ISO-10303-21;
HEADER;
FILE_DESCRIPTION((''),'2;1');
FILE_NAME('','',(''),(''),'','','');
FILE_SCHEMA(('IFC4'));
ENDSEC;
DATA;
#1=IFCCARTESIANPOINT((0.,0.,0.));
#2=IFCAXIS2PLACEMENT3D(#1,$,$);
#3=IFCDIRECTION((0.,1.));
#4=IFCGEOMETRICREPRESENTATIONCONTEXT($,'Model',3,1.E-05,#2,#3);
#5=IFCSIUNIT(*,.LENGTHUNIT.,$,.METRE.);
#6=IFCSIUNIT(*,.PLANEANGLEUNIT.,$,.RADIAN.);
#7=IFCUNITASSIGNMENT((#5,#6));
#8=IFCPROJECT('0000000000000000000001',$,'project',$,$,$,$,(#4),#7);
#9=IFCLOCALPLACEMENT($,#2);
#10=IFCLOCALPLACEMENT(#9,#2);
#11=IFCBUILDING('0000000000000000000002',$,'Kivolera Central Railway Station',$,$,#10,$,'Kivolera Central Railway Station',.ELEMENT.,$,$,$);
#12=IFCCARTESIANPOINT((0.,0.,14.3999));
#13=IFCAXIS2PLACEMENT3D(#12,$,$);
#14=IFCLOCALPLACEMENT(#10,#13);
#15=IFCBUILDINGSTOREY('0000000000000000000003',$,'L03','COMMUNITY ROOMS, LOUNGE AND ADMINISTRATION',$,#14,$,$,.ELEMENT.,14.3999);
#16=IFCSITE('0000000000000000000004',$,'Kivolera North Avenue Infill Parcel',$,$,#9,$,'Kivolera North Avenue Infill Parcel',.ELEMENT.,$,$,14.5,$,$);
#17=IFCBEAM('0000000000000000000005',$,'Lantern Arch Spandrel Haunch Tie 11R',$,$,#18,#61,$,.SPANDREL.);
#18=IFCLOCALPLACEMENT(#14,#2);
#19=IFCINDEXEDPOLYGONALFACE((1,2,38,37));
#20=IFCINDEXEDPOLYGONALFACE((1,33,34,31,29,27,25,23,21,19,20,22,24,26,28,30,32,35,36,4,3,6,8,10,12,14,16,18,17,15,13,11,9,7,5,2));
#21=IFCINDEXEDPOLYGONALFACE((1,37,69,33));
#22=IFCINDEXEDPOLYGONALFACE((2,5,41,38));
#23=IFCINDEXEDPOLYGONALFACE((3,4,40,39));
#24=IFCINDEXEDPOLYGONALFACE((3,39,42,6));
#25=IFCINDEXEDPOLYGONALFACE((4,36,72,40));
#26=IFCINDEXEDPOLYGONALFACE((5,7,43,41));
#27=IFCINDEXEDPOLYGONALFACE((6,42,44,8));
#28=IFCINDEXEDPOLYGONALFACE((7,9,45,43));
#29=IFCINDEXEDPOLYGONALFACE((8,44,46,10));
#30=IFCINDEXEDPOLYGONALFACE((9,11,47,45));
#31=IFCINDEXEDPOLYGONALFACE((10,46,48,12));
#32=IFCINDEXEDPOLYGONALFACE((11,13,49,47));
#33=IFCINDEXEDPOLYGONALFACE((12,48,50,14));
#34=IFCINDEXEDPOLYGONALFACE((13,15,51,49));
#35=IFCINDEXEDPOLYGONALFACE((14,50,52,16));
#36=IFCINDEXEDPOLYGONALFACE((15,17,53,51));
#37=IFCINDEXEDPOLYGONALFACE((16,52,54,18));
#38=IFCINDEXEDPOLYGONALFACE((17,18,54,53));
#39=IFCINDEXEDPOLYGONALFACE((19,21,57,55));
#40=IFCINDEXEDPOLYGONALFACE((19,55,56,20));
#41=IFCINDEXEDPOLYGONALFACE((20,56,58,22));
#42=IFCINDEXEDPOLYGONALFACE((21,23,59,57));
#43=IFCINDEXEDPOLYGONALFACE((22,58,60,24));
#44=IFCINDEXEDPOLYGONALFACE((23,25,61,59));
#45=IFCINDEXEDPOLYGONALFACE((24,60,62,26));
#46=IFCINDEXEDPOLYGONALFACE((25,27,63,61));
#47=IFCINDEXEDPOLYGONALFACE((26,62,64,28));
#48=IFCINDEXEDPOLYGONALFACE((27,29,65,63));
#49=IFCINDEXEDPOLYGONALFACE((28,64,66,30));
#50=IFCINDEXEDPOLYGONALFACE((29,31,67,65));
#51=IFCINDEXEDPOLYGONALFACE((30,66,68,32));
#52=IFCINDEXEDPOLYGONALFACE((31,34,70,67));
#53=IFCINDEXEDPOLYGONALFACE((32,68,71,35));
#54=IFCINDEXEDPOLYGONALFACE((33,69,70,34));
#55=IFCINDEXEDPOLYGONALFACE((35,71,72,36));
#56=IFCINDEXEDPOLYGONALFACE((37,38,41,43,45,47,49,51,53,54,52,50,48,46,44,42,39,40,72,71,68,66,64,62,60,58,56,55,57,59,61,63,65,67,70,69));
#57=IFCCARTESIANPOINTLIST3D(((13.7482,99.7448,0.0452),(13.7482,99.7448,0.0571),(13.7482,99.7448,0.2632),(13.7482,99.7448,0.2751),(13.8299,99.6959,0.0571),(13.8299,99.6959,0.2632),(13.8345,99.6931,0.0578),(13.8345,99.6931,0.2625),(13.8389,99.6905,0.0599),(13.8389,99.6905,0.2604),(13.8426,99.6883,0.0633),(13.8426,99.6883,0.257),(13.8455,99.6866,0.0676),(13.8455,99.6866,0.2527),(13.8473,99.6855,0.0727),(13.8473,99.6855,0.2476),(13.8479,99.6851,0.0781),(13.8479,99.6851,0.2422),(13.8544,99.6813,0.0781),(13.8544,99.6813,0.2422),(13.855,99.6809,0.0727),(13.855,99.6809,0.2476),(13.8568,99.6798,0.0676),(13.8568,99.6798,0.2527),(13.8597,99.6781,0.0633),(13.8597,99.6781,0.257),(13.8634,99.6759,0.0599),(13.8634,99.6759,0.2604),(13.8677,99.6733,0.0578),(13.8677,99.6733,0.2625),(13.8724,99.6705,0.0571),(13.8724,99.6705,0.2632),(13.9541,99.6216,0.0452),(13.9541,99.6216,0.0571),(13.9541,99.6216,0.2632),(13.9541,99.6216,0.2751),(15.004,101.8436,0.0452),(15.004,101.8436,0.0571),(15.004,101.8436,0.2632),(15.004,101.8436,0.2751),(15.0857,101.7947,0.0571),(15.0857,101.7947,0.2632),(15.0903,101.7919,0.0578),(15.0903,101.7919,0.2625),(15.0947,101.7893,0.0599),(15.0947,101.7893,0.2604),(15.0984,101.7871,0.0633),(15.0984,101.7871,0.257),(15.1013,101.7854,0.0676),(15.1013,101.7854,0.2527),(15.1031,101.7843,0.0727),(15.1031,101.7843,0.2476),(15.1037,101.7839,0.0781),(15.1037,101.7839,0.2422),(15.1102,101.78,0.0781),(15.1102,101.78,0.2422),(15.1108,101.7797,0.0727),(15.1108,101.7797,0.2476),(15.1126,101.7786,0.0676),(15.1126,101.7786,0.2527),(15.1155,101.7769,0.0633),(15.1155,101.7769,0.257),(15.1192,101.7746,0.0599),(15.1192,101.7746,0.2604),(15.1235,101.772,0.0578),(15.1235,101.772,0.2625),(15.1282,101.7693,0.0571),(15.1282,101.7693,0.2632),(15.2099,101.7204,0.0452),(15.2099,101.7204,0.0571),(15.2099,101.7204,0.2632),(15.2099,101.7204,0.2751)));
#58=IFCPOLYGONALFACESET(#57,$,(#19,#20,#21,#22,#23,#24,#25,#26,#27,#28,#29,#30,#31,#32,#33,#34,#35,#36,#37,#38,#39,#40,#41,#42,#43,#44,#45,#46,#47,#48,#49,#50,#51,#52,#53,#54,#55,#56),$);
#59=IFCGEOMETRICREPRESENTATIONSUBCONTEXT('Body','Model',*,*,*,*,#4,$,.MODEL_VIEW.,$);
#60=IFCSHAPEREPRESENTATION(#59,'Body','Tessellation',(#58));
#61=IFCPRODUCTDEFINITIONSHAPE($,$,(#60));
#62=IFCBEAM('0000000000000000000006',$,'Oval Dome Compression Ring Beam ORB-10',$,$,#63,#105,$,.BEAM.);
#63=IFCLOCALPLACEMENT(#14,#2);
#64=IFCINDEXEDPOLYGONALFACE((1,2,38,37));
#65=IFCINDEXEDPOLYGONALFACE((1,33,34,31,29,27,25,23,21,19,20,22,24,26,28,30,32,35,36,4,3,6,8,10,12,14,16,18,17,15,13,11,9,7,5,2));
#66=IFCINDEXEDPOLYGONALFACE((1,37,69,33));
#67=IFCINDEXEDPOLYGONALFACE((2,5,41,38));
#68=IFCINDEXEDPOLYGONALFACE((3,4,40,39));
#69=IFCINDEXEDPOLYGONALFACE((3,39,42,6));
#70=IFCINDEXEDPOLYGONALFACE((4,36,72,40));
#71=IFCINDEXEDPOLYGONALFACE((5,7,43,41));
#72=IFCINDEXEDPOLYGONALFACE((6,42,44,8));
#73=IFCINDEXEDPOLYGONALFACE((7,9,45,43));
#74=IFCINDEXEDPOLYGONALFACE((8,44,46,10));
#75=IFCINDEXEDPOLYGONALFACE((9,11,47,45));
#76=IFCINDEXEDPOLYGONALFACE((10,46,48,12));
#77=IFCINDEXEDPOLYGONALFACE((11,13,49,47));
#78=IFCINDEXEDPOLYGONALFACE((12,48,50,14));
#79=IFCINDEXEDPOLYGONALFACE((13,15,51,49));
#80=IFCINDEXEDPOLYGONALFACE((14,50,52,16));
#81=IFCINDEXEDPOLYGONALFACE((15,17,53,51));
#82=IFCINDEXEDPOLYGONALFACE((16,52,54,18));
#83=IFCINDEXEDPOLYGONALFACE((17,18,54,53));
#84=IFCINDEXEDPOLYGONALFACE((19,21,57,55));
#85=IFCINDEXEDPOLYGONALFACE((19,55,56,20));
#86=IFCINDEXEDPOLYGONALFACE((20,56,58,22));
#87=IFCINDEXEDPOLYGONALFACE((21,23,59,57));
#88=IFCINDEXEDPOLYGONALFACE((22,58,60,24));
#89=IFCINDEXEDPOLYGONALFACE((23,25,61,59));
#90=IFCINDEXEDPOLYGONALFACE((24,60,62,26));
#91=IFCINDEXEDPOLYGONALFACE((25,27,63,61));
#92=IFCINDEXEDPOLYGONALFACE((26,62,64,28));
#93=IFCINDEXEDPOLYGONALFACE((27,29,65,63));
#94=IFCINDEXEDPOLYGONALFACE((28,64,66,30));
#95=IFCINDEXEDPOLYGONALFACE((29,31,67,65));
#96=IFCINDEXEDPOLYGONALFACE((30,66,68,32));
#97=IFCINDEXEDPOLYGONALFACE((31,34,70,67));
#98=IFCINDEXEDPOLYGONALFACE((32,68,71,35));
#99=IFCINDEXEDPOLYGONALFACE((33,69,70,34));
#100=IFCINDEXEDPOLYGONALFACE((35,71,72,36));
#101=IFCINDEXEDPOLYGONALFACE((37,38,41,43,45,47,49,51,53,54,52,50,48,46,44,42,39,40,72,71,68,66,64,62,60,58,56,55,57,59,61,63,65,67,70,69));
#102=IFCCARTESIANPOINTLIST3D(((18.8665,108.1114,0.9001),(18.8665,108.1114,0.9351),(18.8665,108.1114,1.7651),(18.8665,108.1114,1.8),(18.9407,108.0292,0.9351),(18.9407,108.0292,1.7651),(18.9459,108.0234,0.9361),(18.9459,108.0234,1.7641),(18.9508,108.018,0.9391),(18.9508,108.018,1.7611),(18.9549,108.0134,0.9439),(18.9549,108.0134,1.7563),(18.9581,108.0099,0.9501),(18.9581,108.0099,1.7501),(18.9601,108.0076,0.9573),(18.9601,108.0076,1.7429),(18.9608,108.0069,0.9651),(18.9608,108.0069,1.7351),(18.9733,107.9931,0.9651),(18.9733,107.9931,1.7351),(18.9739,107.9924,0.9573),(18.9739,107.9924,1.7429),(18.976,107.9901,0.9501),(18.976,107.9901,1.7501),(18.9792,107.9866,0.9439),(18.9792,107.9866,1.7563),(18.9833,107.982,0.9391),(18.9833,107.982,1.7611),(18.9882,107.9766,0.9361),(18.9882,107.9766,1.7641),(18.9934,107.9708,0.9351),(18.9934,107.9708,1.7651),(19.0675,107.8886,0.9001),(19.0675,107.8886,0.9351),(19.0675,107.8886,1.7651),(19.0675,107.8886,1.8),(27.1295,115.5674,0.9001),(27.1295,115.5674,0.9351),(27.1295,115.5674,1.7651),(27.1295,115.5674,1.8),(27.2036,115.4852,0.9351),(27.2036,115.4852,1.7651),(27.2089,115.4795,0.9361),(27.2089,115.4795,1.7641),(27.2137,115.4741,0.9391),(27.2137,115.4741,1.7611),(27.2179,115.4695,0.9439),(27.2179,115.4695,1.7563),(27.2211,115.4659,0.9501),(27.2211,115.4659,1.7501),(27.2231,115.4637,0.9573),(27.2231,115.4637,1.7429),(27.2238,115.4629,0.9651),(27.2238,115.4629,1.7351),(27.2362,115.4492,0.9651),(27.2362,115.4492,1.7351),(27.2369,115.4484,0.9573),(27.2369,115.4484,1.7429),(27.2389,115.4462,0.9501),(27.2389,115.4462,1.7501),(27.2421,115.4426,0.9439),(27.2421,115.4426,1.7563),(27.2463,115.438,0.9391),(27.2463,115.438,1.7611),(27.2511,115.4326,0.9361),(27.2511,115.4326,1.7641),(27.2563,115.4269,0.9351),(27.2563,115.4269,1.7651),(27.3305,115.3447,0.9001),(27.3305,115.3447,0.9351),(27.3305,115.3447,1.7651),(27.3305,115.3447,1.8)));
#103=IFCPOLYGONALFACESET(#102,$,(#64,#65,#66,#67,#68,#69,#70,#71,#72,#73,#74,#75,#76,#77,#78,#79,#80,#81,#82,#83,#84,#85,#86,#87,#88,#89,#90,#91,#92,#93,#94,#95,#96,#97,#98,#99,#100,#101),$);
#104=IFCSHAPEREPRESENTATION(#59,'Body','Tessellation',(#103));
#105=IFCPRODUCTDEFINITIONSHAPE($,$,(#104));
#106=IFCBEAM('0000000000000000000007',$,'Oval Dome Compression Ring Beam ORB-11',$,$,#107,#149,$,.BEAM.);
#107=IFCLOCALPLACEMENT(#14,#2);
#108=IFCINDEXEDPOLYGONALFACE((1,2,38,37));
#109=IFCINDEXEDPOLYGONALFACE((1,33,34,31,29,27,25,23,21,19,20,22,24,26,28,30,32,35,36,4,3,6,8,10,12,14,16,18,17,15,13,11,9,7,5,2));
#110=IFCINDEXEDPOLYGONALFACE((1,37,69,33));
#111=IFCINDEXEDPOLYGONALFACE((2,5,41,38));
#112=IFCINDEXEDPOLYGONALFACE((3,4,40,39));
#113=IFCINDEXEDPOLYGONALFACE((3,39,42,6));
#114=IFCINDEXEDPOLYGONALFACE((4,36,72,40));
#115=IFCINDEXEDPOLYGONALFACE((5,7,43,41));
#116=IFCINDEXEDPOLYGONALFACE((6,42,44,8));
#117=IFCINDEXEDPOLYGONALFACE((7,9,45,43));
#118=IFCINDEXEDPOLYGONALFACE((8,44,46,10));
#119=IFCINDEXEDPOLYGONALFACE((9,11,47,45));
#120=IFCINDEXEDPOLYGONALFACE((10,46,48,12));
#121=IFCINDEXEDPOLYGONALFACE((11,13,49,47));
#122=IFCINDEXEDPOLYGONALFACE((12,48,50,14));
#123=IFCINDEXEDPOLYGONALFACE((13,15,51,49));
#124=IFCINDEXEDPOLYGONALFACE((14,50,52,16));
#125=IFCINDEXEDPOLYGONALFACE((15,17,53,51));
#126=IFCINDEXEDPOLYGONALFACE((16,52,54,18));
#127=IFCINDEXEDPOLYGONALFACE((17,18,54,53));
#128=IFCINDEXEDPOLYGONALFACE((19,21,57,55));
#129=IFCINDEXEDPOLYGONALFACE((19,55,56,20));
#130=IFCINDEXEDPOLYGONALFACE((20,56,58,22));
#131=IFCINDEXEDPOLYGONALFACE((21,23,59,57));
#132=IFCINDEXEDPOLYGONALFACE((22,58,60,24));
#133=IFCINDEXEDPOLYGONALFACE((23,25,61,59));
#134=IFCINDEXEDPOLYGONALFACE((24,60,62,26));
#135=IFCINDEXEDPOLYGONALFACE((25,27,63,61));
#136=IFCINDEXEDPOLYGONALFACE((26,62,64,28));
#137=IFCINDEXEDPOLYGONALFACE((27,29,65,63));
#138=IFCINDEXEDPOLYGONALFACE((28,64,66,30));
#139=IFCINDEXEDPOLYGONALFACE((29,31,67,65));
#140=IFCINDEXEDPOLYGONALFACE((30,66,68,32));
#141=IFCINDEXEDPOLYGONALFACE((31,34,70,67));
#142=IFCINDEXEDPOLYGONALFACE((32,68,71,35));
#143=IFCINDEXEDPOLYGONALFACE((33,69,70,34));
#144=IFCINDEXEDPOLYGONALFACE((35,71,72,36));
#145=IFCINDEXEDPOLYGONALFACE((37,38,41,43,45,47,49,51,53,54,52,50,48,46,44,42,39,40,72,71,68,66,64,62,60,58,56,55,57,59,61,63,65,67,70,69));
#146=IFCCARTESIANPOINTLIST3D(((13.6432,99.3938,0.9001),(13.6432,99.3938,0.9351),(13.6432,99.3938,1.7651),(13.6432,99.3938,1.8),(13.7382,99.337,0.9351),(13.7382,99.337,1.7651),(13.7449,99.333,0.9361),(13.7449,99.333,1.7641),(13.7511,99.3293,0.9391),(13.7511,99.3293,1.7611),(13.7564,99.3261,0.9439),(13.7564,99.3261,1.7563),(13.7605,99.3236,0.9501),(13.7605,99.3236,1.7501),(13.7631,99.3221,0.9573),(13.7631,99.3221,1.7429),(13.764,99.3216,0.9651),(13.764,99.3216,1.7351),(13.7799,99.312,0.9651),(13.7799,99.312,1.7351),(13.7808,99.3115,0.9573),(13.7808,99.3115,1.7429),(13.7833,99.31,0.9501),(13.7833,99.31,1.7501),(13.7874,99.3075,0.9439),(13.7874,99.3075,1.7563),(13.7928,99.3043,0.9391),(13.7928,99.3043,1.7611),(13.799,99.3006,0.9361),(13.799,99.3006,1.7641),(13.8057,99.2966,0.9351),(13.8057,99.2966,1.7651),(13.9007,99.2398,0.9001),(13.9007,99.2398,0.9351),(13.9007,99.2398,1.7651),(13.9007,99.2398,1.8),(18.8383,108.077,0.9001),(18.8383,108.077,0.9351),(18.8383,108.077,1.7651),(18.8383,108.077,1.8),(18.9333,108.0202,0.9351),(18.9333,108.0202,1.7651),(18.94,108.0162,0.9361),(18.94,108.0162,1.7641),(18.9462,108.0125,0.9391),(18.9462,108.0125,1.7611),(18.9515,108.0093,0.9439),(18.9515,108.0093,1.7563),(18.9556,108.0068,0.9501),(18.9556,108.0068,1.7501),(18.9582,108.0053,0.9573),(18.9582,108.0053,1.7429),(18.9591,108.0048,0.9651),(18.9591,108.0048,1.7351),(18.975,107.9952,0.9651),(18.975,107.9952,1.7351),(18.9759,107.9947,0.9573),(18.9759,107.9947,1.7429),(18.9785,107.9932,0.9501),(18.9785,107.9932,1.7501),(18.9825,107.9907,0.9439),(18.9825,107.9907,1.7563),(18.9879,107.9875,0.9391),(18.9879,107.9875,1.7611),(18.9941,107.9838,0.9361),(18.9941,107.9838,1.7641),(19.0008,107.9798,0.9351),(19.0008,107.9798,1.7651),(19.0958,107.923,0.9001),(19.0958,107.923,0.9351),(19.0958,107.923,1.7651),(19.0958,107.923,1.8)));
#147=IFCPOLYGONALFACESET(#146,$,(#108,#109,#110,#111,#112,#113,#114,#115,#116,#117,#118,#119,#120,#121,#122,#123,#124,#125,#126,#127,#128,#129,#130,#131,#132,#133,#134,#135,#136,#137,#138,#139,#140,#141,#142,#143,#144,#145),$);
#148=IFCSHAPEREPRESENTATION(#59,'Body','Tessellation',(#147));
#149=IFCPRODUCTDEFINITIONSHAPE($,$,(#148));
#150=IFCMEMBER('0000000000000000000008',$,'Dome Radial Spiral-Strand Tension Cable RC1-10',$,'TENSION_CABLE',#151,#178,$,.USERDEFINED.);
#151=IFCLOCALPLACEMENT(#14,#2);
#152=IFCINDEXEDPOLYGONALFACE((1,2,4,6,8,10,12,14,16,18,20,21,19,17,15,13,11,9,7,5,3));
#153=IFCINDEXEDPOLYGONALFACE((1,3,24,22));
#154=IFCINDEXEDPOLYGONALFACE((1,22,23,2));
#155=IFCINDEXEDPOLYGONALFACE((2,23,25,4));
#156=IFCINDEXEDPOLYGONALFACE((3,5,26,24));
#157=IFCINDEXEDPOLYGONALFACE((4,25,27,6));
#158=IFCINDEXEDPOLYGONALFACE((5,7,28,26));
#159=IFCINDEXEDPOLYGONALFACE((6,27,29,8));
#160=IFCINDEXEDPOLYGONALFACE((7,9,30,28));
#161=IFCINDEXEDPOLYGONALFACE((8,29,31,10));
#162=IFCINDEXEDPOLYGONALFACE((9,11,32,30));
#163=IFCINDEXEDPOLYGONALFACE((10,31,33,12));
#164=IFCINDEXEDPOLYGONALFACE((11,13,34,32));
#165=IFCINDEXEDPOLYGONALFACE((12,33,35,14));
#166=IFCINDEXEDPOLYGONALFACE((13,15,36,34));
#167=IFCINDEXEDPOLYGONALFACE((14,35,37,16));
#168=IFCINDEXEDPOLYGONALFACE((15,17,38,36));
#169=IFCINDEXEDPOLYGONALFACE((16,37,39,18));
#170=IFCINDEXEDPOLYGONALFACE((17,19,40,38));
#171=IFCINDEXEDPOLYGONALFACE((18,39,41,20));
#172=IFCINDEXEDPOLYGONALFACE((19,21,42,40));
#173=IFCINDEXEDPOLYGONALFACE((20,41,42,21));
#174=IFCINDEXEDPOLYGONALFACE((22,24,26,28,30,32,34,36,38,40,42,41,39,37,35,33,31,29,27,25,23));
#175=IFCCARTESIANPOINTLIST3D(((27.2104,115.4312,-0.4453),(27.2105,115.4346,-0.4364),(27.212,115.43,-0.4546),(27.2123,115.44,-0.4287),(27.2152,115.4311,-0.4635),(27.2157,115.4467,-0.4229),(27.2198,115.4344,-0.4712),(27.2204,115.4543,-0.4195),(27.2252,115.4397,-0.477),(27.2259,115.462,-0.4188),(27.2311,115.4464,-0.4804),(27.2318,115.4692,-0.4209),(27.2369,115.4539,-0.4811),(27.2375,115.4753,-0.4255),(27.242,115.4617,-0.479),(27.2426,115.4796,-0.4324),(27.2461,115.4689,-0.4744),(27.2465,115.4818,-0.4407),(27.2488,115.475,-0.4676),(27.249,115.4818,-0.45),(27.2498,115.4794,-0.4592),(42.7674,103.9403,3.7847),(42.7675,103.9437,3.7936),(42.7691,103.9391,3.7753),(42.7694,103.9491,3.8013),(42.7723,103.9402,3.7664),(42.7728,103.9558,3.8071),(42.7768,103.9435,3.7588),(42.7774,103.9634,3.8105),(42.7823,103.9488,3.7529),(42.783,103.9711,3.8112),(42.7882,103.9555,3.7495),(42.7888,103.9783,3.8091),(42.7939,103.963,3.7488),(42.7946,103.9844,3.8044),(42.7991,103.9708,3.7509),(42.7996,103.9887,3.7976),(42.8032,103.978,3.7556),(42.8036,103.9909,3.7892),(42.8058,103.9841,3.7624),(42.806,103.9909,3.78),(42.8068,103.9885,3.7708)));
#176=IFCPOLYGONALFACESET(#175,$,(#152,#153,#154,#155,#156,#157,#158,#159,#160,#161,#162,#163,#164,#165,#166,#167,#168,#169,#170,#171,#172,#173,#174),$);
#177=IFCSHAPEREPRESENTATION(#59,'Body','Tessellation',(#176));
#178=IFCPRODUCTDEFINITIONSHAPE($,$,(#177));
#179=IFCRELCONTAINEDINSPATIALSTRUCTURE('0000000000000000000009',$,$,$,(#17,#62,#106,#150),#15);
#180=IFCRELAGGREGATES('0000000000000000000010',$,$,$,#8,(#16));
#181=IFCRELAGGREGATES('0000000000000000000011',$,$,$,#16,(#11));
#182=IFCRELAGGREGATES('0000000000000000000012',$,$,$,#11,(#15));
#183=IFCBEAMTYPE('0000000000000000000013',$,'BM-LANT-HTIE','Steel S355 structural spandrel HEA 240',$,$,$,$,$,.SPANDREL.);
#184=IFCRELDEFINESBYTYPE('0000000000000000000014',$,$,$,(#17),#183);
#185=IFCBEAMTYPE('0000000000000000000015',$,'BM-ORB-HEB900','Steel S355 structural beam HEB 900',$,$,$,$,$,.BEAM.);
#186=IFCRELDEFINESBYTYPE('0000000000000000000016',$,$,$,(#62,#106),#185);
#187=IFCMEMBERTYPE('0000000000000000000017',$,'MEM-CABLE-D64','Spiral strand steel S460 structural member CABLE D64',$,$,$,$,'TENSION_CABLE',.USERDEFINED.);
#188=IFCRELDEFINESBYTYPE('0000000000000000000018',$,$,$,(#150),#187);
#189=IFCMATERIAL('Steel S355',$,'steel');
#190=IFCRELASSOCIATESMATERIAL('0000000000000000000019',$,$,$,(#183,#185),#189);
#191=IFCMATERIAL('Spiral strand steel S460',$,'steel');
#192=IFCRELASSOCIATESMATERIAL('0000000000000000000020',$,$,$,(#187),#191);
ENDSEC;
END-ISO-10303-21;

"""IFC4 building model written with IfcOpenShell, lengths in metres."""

from ifc_helpers import new_model, si_unit, direction, frame, origin, origin_2d, place, context, subcontext, project, spatial, circle, i_section, extrude, material, material_profile, profile_set, type_object, element, save


model = new_model("IFC4")

# Units and contexts
model_context = context("Model", 3, precision=1e-05, world=origin(), true_north=direction((0.0, 1.0)))
body_context = subcontext(model_context, "Body", "Model", "MODEL_VIEW")
ifc_project = project(units=[si_unit("LENGTHUNIT", "METRE"), si_unit("PLANEANGLEUNIT", "RADIAN")], contexts=[model_context])

# Site, building, storey
site_placement = place(None, origin())
site = spatial("IfcSite", under=ifc_project, at=site_placement, Name="Kivolera North Avenue Infill Parcel", LongName="Kivolera North Avenue Infill Parcel", CompositionType="ELEMENT", RefElevation=14.5)
building_placement = place(site_placement, origin())
building = spatial("IfcBuilding", under=site, at=building_placement, Name="Kivolera Central Railway Station", LongName="Kivolera Central Railway Station", CompositionType="ELEMENT")
storey_placement = place(building_placement, frame((0.0, 0.0, 14.3999)))
storey = spatial("IfcBuildingStorey", under=building, at=storey_placement, Name="L03", Description="COMMUNITY ROOMS, LOUNGE AND ADMINISTRATION", CompositionType="ELEMENT", Elevation=14.3999)

# Beams
ifc_material_1 = material(Name="Steel S355", Category="steel")
ifc_material_profile_1 = material_profile(ifc_material_1, i_section(OverallWidth=0.24, OverallDepth=0.23, WebThickness=0.0076, FlangeThickness=0.012, FilletRadius=0.021, at=origin_2d()), Name="HEA 240")
ifc_profile_set_1 = profile_set([ifc_material_profile_1], Name="Steel S355")
beam_type_1 = type_object("IfcBeamType", Name="BM-LANT-HTIE", Description="Steel S355 structural spandrel HEA 240", PredefinedType="SPANDREL", material=ifc_profile_set_1)
beam_1_placement = place(storey_placement, frame((15.1069, 101.782, 0.1602), z_axis=(-0.513453, -0.858118, 0.0), x_axis=(0.858118, -0.513453, 0.0)))
element("IfcBeam", 1, at=beam_1_placement, inside=storey, type_object=beam_type_1, Name="Lantern Arch Spandrel Haunch Tie 11R", PredefinedType="SPANDREL", context=body_context, shape_type="SweptSolid", body=[
    extrude(i_section(OverallWidth=0.24, OverallDepth=0.23, WebThickness=0.0076, FlangeThickness=0.012, FilletRadius=0.021, at=origin_2d()), origin(), (0.0, 0.0, 1.0), 2.4458),
])
ifc_material_profile_2 = material_profile(ifc_material_1, i_section(OverallWidth=0.3, OverallDepth=0.8999, WebThickness=0.0186, FlangeThickness=0.0349, FilletRadius=0.03, at=origin_2d()), Name="HEB 900")
ifc_profile_set_2 = profile_set([ifc_material_profile_2], Name="Steel S355")
beam_type_2 = type_object("IfcBeamType", Name="BM-ORB-HEB900", Description="Steel S355 structural beam HEB 900", PredefinedType="BEAM", material=ifc_profile_set_2)
beam_2_placement = place(storey_placement, frame((27.23, 115.4561, 1.3501), z_axis=(-0.742426, -0.669928, 0.0), x_axis=(0.669928, -0.742426, 0.0)))
element("IfcBeam", 2, at=beam_2_placement, inside=storey, type_object=beam_type_2, Name="Oval Dome Compression Ring Beam ORB-10", PredefinedType="BEAM", context=body_context, shape_type="SweptSolid", body=[
    extrude(i_section(OverallWidth=0.3, OverallDepth=0.8999, WebThickness=0.0186, FlangeThickness=0.0349, FilletRadius=0.03, at=origin_2d()), origin(), (0.0, 0.0, 1.0), 11.1296),
])
beam_3_placement = place(storey_placement, frame((18.967, 108.0, 1.3501), z_axis=(-0.51342, -0.858137, 0.0), x_axis=(0.858137, -0.51342, 0.0)))
element("IfcBeam", 3, at=beam_3_placement, inside=storey, type_object=beam_type_2, Name="Oval Dome Compression Ring Beam ORB-11", PredefinedType="BEAM", context=body_context, shape_type="SweptSolid", body=[
    extrude(i_section(OverallWidth=0.3, OverallDepth=0.8999, WebThickness=0.0186, FlangeThickness=0.0349, FilletRadius=0.03, at=origin_2d()), origin(), (0.0, 0.0, 1.0), 10.1187),
])

# Member
ifc_material_2 = material(Name="Spiral strand steel S460", Category="steel")
ifc_material_profile_3 = material_profile(ifc_material_2, circle(Radius=0.032, at=origin_2d()), Name="CABLE D64")
ifc_profile_set_3 = profile_set([ifc_material_profile_3], Name="Spiral strand steel S460")
member_type_1 = type_object("IfcMemberType", Name="MEM-CABLE-D64", Description="Spiral strand steel S460 structural member CABLE D64", ElementType="TENSION_CABLE", PredefinedType="USERDEFINED", material=ifc_profile_set_3)
member_1_placement = place(storey_placement, frame((27.23, 115.4561, -0.45), z_axis=(0.785794, -0.580412, 0.213657), x_axis=(0.594131, 0.804368, 0.0)))
element("IfcMember", 4, at=member_1_placement, inside=storey, type_object=member_type_1, Name="Dome Radial Spiral-Strand Tension Cable RC1-10", ObjectType="TENSION_CABLE", PredefinedType="USERDEFINED", context=body_context, shape_type="SweptSolid", body=[
    extrude(circle(Radius=0.032, at=origin_2d()), origin(), (0.0, 0.0, 1.0), 19.7979),
])

save(model, "model.ifc")
